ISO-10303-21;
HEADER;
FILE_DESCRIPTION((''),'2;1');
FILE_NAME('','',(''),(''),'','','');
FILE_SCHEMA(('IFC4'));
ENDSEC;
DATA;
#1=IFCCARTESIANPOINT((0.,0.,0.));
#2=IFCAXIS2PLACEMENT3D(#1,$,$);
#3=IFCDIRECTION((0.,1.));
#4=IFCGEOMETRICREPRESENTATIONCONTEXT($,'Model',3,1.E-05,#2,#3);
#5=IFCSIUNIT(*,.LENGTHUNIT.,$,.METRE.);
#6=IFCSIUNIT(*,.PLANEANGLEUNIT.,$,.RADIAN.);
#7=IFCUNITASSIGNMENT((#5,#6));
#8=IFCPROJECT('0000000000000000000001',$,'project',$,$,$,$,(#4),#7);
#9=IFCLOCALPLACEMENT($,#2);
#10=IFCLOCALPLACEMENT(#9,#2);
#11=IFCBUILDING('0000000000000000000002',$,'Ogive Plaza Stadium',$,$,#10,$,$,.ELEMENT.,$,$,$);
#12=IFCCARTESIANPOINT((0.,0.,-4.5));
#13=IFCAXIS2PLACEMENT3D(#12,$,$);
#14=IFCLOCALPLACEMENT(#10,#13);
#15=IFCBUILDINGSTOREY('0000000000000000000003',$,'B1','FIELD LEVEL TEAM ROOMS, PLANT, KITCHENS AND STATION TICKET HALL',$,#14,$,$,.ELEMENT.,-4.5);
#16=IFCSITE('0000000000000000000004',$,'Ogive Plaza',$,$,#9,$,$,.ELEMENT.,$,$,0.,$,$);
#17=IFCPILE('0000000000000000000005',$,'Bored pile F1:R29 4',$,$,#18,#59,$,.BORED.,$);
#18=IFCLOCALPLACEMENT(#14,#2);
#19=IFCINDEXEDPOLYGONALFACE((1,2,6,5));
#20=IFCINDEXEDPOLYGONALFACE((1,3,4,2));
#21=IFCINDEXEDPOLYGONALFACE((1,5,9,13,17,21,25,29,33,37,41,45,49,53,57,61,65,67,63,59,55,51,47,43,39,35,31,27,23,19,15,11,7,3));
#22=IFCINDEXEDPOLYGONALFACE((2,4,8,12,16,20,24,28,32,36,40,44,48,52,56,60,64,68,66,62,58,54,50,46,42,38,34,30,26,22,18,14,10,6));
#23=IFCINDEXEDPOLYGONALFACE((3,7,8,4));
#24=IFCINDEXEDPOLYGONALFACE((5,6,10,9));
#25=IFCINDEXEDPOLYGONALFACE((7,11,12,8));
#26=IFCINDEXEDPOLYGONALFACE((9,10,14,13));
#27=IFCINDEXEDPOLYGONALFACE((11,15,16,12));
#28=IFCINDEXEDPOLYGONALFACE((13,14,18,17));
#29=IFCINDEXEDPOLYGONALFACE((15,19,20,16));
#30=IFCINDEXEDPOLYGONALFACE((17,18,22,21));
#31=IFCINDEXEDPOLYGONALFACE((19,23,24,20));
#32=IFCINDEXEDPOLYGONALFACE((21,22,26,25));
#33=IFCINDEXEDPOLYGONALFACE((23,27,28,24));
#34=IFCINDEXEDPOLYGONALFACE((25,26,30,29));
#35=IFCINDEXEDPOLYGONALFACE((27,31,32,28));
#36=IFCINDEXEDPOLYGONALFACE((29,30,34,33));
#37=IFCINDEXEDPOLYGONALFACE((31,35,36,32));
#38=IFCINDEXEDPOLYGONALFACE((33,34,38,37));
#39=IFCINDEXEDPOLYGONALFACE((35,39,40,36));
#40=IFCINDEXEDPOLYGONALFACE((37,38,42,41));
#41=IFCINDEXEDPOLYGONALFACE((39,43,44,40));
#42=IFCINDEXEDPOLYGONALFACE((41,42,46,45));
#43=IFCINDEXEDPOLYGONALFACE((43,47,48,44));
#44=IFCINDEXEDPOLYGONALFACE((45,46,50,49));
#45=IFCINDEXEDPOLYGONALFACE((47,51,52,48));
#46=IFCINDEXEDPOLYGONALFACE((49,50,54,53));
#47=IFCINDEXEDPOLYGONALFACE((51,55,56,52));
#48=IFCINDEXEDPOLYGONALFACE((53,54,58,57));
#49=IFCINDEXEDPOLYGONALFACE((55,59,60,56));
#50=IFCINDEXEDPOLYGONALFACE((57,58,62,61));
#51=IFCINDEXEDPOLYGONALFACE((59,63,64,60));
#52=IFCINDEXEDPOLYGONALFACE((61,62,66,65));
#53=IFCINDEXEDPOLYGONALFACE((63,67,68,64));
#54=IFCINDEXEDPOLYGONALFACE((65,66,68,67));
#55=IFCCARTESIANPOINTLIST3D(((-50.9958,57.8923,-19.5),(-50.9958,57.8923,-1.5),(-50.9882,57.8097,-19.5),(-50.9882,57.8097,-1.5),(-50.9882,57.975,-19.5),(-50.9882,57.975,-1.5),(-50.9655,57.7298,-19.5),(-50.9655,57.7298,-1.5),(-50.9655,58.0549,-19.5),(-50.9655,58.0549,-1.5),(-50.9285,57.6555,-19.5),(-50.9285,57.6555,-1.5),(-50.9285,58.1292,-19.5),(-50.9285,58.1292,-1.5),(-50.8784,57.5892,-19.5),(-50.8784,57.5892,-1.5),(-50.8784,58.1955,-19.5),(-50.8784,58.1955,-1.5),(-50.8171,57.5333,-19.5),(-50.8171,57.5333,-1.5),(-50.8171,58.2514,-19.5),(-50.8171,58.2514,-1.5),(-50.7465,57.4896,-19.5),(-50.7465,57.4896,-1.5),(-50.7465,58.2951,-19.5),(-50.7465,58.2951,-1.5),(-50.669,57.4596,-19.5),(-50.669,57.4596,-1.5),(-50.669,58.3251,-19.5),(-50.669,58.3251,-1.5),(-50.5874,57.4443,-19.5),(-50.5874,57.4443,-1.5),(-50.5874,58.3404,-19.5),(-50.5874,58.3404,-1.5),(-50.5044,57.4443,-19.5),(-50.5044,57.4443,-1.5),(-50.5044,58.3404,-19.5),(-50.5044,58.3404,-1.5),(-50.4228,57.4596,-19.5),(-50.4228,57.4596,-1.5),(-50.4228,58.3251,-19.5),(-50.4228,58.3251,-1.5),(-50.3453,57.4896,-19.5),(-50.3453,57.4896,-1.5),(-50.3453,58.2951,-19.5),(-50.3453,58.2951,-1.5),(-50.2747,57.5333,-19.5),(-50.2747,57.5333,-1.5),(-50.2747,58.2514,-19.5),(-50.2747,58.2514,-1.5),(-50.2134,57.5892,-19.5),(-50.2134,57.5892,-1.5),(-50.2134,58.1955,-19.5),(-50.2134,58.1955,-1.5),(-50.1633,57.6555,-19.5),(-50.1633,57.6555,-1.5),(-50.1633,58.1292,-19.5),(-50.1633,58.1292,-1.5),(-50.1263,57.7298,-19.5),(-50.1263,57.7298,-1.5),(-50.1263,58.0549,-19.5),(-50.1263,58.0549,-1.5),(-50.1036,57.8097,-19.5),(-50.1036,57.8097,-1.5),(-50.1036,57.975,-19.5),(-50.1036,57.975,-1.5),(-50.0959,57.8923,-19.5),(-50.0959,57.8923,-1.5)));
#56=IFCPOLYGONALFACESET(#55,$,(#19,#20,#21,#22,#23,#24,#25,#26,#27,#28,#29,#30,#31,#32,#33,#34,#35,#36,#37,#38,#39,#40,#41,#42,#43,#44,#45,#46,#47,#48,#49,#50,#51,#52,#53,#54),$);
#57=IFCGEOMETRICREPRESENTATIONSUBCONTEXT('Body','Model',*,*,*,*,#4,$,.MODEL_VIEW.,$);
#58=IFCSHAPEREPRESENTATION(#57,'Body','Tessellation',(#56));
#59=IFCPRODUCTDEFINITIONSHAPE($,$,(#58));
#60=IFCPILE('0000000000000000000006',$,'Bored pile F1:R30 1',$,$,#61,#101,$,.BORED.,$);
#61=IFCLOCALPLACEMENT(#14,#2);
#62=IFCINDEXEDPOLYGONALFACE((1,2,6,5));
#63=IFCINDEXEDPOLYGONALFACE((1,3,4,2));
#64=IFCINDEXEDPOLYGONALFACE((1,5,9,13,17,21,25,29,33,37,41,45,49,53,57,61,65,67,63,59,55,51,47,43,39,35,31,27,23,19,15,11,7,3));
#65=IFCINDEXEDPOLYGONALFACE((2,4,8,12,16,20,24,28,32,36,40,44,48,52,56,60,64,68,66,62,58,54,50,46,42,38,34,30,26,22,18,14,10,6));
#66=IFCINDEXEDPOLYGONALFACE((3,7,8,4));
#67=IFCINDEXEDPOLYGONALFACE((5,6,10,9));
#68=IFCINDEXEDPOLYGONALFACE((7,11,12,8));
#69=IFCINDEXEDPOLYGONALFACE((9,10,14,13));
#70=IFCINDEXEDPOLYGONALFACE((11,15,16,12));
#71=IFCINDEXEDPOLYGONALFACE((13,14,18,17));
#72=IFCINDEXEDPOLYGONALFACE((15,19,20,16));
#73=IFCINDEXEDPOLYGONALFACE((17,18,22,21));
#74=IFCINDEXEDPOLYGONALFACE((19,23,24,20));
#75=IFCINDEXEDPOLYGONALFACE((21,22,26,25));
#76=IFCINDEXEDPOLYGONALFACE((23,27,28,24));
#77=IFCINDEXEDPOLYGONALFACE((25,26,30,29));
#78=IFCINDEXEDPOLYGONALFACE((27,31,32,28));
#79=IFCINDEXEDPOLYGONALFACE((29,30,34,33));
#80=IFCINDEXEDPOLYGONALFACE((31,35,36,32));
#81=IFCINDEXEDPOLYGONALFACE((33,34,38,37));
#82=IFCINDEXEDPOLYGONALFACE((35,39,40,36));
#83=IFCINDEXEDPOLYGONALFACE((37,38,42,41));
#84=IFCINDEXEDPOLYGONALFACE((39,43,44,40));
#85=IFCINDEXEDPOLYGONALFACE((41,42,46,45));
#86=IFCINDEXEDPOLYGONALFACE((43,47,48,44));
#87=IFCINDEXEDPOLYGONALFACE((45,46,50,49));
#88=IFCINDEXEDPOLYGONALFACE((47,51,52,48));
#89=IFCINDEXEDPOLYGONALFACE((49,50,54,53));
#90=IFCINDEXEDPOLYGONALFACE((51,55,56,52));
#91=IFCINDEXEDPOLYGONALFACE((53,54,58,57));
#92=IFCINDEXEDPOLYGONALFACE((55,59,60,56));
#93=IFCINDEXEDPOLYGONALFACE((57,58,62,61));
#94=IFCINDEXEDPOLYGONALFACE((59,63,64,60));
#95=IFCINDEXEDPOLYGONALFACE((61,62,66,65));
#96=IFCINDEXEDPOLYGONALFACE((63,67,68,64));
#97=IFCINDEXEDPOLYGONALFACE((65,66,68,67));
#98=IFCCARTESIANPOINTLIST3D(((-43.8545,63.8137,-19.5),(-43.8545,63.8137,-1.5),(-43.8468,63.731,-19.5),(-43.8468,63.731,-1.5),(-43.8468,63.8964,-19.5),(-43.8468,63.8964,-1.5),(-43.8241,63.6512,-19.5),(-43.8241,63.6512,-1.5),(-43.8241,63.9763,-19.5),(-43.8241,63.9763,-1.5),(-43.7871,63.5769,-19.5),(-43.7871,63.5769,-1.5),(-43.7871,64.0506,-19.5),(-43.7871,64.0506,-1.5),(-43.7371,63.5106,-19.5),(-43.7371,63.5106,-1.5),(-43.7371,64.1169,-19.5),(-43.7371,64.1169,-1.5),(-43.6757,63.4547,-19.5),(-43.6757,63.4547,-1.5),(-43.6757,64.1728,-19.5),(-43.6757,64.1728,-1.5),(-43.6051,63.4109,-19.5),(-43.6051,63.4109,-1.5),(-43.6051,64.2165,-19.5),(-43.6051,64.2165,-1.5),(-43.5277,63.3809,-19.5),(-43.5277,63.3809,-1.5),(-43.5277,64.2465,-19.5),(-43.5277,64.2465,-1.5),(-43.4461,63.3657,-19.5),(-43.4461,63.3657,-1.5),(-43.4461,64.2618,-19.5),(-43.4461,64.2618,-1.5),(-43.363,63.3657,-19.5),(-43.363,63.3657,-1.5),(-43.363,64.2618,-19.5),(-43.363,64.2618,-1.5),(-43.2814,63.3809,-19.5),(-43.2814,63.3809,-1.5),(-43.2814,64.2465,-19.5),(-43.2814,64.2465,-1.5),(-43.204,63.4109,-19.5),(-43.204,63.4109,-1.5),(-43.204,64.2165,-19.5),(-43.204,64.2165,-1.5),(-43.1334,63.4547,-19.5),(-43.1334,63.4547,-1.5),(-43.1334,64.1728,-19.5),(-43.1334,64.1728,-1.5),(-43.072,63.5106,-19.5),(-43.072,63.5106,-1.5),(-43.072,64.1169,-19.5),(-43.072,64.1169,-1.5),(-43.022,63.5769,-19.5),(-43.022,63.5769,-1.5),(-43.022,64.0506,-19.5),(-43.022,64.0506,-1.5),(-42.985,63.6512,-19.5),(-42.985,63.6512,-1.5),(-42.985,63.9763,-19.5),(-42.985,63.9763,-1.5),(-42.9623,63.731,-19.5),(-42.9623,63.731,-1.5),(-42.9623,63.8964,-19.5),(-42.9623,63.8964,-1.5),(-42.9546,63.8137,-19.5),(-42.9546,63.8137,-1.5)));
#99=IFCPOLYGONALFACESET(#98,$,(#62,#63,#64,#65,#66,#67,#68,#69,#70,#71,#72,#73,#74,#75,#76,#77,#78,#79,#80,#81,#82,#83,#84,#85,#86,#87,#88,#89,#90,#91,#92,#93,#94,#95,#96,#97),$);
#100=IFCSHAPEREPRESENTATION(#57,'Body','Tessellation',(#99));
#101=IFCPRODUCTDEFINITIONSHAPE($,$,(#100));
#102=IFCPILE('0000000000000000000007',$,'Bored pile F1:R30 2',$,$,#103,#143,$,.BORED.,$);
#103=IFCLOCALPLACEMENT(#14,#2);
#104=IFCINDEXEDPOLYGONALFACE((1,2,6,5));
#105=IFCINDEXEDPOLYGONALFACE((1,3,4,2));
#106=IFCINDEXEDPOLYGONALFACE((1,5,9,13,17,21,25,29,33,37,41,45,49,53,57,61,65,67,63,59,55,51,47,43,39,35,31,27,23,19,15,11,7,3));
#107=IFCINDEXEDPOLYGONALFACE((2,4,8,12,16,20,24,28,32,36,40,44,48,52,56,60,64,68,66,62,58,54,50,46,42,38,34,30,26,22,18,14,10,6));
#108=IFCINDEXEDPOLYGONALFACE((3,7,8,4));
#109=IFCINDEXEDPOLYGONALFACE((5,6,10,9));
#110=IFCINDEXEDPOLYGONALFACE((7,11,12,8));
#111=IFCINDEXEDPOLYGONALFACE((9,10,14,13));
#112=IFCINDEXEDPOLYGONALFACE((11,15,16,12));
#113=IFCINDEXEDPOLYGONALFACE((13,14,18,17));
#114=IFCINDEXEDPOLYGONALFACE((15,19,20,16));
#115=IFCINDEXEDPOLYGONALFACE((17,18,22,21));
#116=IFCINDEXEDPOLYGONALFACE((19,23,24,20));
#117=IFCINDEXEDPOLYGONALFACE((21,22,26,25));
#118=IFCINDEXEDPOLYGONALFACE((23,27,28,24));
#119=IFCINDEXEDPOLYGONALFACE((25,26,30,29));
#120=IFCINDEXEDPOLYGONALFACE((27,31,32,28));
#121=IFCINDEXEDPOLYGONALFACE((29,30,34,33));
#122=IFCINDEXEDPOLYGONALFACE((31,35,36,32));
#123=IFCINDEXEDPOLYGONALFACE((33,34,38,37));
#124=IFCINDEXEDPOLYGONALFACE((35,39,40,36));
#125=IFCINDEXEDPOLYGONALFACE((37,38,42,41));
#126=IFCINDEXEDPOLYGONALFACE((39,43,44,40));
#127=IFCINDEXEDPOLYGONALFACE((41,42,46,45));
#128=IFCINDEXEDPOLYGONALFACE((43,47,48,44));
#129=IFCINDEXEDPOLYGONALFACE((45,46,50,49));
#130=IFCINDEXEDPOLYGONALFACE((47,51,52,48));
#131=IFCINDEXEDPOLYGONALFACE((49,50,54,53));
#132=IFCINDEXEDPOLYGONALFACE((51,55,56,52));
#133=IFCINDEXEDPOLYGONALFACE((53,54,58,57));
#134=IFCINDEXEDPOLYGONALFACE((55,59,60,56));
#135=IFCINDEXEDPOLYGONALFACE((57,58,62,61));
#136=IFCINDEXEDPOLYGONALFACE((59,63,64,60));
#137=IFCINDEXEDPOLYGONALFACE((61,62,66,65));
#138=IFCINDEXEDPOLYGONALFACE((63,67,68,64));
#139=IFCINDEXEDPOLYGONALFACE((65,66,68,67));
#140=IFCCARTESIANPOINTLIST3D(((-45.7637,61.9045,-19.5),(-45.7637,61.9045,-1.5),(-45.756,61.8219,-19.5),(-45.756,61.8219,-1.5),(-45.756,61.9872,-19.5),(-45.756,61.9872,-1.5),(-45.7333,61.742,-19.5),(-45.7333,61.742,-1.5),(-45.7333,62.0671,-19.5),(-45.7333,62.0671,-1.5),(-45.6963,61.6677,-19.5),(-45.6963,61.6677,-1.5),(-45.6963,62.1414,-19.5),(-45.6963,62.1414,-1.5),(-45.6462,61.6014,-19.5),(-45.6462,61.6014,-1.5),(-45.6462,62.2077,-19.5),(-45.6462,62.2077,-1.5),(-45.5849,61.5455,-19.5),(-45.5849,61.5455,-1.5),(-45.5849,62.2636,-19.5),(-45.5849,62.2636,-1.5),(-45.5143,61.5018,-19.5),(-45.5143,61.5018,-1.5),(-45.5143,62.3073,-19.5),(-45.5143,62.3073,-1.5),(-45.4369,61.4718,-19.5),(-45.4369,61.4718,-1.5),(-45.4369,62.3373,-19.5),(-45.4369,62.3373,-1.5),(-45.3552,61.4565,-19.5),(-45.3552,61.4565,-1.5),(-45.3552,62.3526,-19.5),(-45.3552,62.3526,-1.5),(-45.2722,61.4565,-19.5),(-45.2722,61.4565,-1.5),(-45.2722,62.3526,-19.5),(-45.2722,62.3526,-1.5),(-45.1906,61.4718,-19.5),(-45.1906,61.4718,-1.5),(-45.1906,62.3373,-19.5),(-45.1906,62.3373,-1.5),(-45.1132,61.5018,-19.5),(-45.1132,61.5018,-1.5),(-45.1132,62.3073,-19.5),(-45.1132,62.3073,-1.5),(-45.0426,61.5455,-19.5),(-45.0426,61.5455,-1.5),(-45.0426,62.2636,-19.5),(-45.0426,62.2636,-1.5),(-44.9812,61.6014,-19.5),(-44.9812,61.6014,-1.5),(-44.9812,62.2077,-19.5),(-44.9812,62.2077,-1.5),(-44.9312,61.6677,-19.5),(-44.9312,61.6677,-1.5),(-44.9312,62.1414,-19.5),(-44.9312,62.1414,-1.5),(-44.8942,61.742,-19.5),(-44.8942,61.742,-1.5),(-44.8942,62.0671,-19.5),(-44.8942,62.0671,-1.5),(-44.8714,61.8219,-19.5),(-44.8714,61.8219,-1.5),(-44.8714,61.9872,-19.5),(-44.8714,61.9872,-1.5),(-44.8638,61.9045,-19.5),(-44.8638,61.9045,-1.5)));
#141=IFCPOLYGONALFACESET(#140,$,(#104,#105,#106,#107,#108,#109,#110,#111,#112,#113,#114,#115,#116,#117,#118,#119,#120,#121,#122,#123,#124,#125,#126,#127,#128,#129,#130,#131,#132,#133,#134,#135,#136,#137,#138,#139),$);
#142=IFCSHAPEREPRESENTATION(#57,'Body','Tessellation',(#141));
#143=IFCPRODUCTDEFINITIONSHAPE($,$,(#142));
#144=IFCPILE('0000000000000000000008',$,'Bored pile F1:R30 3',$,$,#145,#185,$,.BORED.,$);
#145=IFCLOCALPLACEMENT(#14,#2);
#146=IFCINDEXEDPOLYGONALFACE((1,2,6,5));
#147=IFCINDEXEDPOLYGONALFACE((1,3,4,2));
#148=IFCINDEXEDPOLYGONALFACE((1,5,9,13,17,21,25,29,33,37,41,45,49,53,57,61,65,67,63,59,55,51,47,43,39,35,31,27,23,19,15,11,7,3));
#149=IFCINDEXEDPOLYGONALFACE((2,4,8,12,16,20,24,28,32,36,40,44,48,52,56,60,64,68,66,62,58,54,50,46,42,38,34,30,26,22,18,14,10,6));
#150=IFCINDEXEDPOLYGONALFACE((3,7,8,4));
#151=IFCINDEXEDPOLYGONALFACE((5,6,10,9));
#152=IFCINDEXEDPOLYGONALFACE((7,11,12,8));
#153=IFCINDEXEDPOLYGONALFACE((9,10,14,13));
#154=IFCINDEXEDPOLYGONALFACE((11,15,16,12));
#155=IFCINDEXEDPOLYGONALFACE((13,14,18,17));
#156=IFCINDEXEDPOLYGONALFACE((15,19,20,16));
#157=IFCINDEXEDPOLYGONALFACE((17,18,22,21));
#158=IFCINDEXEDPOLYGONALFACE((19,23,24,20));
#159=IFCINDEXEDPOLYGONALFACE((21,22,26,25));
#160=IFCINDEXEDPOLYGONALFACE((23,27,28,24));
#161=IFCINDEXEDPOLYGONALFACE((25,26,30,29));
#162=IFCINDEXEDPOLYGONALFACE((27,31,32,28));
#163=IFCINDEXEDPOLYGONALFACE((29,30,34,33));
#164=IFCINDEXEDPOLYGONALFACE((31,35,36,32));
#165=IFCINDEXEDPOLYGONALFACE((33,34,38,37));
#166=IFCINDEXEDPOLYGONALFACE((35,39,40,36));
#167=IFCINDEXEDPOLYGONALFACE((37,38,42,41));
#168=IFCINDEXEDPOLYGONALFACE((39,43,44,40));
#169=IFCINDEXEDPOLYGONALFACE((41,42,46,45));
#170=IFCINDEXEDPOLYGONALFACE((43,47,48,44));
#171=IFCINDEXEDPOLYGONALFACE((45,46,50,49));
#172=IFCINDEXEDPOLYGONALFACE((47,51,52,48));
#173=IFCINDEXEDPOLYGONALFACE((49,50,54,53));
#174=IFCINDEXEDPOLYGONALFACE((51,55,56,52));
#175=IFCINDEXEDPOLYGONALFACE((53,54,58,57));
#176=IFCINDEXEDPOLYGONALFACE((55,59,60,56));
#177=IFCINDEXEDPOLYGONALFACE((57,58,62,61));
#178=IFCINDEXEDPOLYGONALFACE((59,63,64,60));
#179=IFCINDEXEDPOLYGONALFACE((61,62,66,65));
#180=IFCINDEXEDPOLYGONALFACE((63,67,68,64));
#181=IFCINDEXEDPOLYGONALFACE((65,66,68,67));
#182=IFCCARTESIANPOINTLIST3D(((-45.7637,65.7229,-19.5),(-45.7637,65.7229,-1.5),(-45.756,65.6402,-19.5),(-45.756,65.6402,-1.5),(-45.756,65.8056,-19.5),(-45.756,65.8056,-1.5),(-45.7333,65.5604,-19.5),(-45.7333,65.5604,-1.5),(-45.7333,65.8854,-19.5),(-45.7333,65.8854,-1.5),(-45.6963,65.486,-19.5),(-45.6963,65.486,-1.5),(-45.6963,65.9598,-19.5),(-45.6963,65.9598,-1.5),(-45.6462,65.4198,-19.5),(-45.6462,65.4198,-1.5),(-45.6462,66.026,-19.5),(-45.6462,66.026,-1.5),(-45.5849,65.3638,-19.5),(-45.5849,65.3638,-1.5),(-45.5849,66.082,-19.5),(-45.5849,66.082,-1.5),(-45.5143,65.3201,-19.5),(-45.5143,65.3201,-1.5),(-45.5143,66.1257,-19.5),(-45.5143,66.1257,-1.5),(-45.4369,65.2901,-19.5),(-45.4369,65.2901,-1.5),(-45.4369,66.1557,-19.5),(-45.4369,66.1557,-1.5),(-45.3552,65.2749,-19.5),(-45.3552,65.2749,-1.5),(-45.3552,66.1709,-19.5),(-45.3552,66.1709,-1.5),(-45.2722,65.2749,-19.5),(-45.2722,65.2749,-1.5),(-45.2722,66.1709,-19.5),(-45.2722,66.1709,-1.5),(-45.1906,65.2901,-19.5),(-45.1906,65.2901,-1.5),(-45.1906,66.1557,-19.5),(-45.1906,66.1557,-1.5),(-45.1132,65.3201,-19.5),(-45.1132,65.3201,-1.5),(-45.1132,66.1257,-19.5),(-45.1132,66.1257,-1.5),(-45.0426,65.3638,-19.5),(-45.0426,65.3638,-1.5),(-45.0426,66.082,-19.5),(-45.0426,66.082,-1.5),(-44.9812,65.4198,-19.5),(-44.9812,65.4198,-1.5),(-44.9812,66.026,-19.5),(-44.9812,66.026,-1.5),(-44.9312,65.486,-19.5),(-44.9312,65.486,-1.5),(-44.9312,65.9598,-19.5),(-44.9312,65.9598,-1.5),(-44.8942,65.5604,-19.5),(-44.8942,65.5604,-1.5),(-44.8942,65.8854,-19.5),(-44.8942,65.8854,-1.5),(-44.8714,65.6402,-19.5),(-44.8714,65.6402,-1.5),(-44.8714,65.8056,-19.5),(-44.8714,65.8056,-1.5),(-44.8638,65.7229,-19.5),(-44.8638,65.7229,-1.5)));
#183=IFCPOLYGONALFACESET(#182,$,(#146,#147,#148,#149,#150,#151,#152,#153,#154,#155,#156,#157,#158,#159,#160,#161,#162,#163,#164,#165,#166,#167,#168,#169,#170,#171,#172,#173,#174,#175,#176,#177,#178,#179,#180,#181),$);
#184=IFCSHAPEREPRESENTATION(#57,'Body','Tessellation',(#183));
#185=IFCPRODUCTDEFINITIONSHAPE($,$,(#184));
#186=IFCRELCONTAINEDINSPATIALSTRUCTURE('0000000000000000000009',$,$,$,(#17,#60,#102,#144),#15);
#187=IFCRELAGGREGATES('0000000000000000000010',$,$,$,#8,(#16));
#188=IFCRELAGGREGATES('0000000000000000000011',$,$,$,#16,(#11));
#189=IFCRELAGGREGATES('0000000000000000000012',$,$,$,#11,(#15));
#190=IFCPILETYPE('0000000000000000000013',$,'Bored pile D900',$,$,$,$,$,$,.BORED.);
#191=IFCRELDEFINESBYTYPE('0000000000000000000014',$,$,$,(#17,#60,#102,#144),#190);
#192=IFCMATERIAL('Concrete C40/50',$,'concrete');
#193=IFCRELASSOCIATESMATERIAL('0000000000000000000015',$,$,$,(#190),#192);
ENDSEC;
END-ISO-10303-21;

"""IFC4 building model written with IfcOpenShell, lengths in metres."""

from ifc_helpers import new_model, si_unit, direction, frame, origin, origin_2d, place, context, subcontext, project, spatial, circle, extrude, material, material_profile, profile_set, type_object, element, save


model = new_model("IFC4")

# Units and contexts
model_context = context("Model", 3, precision=1e-05, world=origin(), true_north=direction((0.0, 1.0)))
body_context = subcontext(model_context, "Body", "Model", "MODEL_VIEW")
ifc_project = project(units=[si_unit("LENGTHUNIT", "METRE"), si_unit("PLANEANGLEUNIT", "RADIAN")], contexts=[model_context])

# Site, building, storey
site_placement = place(None, origin())
site = spatial("IfcSite", under=ifc_project, at=site_placement, Name="Ogive Plaza", CompositionType="ELEMENT", RefElevation=0.0)
building_placement = place(site_placement, origin())
building = spatial("IfcBuilding", under=site, at=building_placement, Name="Ogive Plaza Stadium", CompositionType="ELEMENT")
storey_placement = place(building_placement, frame((0.0, 0.0, -4.5)))
storey = spatial("IfcBuildingStorey", under=building, at=storey_placement, Name="B1", Description="FIELD LEVEL TEAM ROOMS, PLANT, KITCHENS AND STATION TICKET HALL", CompositionType="ELEMENT", Elevation=-4.5)

# Piles
ifc_material_1 = material(Name="Concrete C40/50", Category="concrete")
ifc_material_profile_1 = material_profile(ifc_material_1, circle(Radius=0.45, at=origin_2d()), Name="RC D900")
ifc_profile_set_1 = profile_set([ifc_material_profile_1], Name="Concrete C40/50")
pile_type = type_object("IfcPileType", Name="Bored pile D900", PredefinedType="BORED", material=ifc_profile_set_1)
for number, where, z_axis, x_axis, name in (
    (1, (-50.5459, 57.8923, -1.5), (0.0, 0.0, -1.0), (1.0, 0.0, 0.0), "Bored pile F1:R29 4"),
    (2, (-43.4045, 63.8137, -1.5), (0.0, 0.0, -1.0), (1.0, 0.0, 0.0), "Bored pile F1:R30 1"),
    (3, (-45.3137, 61.9045, -1.5), (0.0, 0.0, -1.0), (1.0, 0.0, 0.0), "Bored pile F1:R30 2"),
    (4, (-45.3137, 65.7229, -1.5), (0.0, 0.0, -1.0), (1.0, 0.0, 0.0), "Bored pile F1:R30 3"),
):
    element("IfcPile", number, at=place(storey_placement, frame(where, z_axis=z_axis, x_axis=x_axis)), inside=storey, type_object=pile_type, Name=name, PredefinedType="BORED", context=body_context, shape_type="SweptSolid", body=[
        extrude(circle(Radius=0.45, at=origin_2d()), origin(), (0.0, 0.0, 1.0), 18.0),
    ])

save(model, "model.ifc")
